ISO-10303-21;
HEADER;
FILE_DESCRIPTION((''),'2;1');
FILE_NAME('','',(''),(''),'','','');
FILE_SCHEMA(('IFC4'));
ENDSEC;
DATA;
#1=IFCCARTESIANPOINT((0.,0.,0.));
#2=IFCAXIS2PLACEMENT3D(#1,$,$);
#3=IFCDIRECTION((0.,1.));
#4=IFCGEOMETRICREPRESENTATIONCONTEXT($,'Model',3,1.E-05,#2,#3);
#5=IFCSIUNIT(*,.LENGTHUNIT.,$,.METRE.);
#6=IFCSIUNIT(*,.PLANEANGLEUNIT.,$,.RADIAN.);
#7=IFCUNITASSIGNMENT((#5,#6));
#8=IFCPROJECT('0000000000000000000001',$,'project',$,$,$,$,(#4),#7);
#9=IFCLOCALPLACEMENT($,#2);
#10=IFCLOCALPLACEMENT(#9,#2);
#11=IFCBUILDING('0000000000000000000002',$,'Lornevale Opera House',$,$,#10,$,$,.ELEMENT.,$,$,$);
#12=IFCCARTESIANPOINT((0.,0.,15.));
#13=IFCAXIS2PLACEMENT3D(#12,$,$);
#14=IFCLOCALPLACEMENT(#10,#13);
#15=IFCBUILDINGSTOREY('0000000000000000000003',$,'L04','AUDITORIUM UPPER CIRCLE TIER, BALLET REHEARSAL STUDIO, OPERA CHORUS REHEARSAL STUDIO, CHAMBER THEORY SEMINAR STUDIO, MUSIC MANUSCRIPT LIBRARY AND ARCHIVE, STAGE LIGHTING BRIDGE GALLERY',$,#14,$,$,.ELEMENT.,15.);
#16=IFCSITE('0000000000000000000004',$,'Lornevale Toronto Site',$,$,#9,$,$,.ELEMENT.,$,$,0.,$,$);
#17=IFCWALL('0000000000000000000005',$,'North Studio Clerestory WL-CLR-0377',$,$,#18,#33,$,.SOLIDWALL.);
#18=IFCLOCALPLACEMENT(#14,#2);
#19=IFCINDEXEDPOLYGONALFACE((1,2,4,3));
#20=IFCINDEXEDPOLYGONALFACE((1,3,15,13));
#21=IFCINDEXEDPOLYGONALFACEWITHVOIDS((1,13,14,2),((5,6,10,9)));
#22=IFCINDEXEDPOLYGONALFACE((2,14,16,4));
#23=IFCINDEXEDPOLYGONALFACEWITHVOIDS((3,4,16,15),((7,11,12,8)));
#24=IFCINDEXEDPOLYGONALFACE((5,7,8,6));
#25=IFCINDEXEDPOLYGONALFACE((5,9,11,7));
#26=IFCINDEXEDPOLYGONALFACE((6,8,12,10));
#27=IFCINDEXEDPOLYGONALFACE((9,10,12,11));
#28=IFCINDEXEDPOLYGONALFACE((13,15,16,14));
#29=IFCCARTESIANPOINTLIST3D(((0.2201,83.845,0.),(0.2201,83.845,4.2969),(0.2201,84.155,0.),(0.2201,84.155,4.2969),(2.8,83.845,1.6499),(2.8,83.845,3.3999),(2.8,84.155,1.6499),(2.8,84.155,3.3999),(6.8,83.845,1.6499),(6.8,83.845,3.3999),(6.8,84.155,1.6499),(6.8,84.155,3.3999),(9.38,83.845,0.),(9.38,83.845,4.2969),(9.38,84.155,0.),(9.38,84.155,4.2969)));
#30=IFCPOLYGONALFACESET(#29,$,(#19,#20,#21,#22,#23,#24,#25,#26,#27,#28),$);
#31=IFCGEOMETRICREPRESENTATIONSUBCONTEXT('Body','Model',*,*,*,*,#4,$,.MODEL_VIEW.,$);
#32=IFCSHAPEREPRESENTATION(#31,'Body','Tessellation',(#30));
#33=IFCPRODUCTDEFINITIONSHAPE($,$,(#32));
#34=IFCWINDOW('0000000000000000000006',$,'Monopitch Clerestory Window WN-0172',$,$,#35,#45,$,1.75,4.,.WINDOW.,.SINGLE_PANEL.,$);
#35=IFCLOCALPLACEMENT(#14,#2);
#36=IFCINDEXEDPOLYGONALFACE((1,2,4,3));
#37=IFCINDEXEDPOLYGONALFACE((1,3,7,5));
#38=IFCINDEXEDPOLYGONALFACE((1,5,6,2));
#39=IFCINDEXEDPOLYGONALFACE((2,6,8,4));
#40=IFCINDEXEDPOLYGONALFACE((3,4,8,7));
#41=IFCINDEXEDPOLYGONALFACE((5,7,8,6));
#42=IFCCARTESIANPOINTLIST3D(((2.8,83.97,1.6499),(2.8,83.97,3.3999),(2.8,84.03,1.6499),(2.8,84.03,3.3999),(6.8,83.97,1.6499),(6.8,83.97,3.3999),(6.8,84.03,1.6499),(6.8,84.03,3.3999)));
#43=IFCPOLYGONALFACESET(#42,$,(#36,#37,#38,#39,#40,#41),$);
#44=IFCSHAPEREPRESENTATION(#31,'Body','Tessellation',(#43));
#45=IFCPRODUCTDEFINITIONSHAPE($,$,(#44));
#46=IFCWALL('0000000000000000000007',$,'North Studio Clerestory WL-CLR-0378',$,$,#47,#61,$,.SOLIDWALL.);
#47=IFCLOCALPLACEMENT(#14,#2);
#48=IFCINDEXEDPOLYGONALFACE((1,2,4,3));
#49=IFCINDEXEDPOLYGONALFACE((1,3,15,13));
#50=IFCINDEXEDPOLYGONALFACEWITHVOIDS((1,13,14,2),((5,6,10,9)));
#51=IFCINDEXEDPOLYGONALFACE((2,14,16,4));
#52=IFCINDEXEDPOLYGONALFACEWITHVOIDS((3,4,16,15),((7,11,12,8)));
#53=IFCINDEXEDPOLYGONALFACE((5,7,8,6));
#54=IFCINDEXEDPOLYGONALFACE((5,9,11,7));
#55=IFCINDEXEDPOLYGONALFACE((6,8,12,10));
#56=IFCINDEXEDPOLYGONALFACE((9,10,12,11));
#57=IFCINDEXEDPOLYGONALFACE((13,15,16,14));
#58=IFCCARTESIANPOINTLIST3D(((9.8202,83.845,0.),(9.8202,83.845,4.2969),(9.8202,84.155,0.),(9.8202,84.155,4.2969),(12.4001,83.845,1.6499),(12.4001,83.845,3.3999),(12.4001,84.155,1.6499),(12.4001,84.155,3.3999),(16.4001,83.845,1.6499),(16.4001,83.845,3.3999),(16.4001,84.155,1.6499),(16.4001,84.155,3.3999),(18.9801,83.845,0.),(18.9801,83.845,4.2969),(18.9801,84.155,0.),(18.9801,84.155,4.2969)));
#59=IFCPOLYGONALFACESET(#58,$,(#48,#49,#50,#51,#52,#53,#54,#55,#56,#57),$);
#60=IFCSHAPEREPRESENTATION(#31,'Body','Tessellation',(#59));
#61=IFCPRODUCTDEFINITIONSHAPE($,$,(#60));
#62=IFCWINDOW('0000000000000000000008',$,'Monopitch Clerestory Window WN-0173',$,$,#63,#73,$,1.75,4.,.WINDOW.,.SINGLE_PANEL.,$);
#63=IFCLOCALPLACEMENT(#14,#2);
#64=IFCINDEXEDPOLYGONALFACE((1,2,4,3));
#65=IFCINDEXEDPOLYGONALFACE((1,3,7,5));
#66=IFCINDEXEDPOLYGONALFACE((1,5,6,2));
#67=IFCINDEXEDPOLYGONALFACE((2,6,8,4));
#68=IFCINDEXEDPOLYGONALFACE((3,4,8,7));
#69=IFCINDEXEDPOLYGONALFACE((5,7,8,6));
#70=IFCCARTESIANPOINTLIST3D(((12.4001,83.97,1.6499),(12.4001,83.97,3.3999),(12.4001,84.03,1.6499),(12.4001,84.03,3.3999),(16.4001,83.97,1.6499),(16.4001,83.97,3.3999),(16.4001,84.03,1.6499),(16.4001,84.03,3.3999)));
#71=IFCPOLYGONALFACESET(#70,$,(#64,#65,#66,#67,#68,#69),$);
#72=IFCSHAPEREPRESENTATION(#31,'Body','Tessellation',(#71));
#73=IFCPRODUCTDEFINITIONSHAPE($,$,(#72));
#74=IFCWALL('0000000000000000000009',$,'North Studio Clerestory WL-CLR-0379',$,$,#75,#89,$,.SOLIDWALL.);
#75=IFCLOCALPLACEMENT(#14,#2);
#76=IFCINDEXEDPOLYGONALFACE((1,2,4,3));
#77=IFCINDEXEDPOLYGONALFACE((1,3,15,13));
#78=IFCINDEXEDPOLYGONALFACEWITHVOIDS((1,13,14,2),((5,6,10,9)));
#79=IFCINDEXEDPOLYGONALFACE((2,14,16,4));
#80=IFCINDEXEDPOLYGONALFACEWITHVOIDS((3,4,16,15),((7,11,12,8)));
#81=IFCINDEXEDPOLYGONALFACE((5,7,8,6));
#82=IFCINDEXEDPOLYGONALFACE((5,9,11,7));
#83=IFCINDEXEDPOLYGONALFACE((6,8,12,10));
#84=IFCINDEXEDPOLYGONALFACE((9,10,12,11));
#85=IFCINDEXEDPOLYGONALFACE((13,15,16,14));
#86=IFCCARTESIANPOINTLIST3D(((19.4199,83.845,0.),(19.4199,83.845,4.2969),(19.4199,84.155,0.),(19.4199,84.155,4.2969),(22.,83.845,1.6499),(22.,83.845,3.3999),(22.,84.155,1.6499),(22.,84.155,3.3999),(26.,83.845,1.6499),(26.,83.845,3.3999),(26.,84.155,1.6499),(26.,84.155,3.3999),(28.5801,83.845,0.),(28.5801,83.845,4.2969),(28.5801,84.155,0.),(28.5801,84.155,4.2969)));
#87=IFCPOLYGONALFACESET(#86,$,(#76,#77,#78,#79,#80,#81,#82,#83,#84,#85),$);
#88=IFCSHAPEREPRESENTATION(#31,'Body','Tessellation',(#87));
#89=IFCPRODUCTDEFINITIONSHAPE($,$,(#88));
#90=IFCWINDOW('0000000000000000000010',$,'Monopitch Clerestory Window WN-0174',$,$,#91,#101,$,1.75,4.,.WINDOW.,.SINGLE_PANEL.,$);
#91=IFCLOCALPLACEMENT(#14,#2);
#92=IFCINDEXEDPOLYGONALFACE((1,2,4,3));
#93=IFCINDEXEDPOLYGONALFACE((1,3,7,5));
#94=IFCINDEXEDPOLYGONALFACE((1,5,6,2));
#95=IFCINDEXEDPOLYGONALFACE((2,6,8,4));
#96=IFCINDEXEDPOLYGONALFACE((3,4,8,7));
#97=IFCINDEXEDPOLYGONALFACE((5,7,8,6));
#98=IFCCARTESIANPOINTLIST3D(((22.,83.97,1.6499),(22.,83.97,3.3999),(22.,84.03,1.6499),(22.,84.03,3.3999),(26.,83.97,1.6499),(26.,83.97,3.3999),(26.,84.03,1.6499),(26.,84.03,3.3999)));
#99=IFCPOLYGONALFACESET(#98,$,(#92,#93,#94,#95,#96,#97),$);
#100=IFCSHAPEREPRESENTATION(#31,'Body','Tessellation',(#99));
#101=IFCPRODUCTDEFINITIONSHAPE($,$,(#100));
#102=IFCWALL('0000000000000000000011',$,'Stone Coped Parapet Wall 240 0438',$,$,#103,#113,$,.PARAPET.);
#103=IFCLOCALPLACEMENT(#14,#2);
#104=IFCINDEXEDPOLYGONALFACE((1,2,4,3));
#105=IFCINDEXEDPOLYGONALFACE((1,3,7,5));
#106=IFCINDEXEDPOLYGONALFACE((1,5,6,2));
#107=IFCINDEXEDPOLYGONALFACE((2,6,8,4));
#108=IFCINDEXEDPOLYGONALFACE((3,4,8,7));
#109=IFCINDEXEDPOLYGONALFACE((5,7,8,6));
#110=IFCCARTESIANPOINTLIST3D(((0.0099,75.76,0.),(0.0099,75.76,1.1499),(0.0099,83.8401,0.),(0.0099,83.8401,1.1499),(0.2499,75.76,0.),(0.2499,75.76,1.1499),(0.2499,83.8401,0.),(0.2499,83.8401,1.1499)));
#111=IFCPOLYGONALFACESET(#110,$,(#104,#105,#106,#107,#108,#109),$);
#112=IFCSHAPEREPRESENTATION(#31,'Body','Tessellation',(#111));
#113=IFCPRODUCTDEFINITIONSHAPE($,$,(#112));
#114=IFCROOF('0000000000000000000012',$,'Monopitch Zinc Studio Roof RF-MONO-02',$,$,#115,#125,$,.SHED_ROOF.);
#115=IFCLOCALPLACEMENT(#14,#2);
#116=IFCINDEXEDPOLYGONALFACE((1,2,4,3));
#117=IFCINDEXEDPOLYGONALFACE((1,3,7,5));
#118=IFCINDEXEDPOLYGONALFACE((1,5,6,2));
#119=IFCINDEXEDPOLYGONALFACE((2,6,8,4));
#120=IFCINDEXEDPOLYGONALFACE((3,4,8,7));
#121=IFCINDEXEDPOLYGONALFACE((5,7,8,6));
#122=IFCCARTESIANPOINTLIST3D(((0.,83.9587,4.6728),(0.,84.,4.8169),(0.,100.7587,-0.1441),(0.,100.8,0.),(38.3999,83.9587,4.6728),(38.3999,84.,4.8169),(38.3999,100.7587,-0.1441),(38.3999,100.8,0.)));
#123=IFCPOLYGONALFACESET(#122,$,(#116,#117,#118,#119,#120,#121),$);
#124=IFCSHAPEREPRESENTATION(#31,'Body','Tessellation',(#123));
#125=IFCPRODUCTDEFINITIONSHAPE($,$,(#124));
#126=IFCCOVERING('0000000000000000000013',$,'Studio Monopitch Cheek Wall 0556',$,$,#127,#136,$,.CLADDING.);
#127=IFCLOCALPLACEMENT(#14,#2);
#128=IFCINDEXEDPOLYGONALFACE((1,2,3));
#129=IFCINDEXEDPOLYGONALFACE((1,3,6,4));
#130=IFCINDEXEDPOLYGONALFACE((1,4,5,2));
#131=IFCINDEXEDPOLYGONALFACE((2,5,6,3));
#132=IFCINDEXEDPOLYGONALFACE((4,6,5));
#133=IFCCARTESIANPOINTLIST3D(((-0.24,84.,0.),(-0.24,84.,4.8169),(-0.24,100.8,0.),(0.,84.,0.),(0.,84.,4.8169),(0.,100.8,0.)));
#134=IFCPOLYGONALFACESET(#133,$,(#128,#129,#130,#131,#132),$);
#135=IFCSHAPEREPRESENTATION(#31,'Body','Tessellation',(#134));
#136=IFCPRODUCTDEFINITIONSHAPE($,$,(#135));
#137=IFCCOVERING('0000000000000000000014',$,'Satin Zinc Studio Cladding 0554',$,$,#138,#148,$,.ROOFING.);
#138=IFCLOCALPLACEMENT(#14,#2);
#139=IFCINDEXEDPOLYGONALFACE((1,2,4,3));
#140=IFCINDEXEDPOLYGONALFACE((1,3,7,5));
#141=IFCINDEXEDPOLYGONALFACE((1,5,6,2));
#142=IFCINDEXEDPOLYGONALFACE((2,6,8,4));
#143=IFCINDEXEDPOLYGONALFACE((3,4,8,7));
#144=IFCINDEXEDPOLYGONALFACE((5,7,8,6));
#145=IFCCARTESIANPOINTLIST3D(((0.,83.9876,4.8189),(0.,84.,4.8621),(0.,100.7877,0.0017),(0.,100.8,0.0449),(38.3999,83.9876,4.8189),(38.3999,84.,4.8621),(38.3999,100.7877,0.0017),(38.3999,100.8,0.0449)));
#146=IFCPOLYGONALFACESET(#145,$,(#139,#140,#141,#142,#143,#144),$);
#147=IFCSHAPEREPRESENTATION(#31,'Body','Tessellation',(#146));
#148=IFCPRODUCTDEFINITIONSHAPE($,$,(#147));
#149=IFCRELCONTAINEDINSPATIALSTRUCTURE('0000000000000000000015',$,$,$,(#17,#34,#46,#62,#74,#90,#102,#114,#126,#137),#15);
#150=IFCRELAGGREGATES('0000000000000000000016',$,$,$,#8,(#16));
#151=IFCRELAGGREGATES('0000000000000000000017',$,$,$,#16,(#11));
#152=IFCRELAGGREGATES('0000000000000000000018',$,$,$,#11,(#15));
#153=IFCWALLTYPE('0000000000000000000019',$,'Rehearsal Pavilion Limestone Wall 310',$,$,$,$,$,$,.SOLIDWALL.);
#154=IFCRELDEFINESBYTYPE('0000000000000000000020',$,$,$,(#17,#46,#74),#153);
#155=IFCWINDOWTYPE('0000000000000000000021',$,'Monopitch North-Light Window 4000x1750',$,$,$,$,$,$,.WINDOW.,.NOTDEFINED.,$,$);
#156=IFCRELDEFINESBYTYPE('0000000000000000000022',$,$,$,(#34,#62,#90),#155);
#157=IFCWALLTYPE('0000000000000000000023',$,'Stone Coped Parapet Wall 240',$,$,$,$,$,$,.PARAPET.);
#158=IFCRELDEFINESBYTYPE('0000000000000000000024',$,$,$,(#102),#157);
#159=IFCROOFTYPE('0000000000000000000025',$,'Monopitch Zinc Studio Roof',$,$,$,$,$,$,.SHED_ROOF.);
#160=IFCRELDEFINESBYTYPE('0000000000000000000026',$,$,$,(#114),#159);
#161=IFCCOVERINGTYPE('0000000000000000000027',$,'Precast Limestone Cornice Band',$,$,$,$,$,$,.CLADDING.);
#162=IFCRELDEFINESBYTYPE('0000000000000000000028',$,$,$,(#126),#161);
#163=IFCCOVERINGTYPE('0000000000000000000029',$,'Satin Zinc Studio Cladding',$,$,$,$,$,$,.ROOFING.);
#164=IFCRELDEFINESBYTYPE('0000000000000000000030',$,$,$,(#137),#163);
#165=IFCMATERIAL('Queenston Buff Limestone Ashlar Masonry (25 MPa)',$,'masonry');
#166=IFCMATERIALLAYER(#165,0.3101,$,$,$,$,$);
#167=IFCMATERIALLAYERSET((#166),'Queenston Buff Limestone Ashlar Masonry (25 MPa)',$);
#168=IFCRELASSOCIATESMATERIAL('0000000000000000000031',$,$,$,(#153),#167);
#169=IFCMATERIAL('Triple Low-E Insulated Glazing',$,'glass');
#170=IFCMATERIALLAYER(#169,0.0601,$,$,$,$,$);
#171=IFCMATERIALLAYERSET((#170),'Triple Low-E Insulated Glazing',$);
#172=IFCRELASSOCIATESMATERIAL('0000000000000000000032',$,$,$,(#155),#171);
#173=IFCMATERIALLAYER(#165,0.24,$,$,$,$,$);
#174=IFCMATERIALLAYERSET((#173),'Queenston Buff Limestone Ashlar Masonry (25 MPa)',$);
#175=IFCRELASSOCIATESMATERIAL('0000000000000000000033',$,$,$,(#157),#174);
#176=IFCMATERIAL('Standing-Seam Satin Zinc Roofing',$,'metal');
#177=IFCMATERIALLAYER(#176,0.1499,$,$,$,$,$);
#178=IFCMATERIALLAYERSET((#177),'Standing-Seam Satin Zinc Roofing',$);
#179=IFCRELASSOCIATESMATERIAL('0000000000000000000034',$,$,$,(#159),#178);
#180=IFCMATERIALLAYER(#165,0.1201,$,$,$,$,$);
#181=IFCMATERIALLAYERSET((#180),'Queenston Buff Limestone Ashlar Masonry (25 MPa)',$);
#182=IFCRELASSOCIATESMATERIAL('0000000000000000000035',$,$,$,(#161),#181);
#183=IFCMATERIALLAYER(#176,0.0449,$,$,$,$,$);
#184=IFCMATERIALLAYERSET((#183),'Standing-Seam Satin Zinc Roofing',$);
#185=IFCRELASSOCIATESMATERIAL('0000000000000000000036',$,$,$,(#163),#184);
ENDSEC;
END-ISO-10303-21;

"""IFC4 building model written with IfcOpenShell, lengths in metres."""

from ifc_helpers import new_model, si_unit, direction, frame, frame_2d, origin, place, context, subcontext, project, spatial, polyline, rectangle, outline, extrude, material, layer, layer_set, type_object, element, fill, save


model = new_model("IFC4")

# Units and contexts
model_context = context("Model", 3, precision=1e-05, world=origin(), true_north=direction((0.0, 1.0)))
body_context = subcontext(model_context, "Body", "Model", "MODEL_VIEW")
ifc_project = project(units=[si_unit("LENGTHUNIT", "METRE"), si_unit("PLANEANGLEUNIT", "RADIAN")], contexts=[model_context])

# Site, building, storey
site_placement = place(None, origin())
site = spatial("IfcSite", under=ifc_project, at=site_placement, Name="Lornevale Toronto Site", CompositionType="ELEMENT", RefElevation=0.0)
building_placement = place(site_placement, origin())
building = spatial("IfcBuilding", under=site, at=building_placement, Name="Lornevale Opera House", CompositionType="ELEMENT")
storey_placement = place(building_placement, frame((0.0, 0.0, 15.0)))
storey = spatial("IfcBuildingStorey", under=building, at=storey_placement, Name="L04", Description="AUDITORIUM UPPER CIRCLE TIER, BALLET REHEARSAL STUDIO, OPERA CHORUS REHEARSAL STUDIO, CHAMBER THEORY SEMINAR STUDIO, MUSIC MANUSCRIPT LIBRARY AND ARCHIVE, STAGE LIGHTING BRIDGE GALLERY", CompositionType="ELEMENT", Elevation=15.0)

# Walls, openings, windows
ifc_material_1 = material(Name="Queenston Buff Limestone Ashlar Masonry (25 MPa)", Category="masonry")
ifc_layer_1 = layer(ifc_material_1, 0.3101)
ifc_layer_set_1 = layer_set([ifc_layer_1], Name="Queenston Buff Limestone Ashlar Masonry (25 MPa)")
wall_type_1 = type_object("IfcWallType", Name="Rehearsal Pavilion Limestone Wall 310", PredefinedType="SOLIDWALL", material=ifc_layer_set_1)
wall_1_placement = place(storey_placement, frame((0.22, 84.0, 0.0), z_axis=(0.0, 0.0, 1.0), x_axis=(1.0, 0.0, 0.0)))
wall_1 = element("IfcWall", 1, at=wall_1_placement, inside=storey, type_object=wall_type_1, Name="North Studio Clerestory WL-CLR-0377", PredefinedType="SOLIDWALL", context=body_context, shape_type="SweptSolid", body=[
    extrude(rectangle(XDim=9.1599, YDim=0.3101, at=frame_2d((4.5801, 0.0))), origin(), (0.0, 0.0, 1.0), 4.2969),
])
opening_1_placement = place(wall_1_placement, frame((2.5801, 0.0, 1.6499)))
opening_1 = element("IfcOpeningElement", 2, at=opening_1_placement, cuts=wall_1, PredefinedType="OPENING", context=body_context, shape_type="SweptSolid", body=[
    extrude(rectangle(XDim=4.0, YDim=1.75, at=frame_2d((2.0, 0.875))), frame((0.0, 0.165, 0.0), z_axis=(0.0, -1.0, 0.0), x_axis=(1.0, 0.0, 0.0)), (0.0, 0.0, 1.0), 0.3301),
])
ifc_material_2 = material(Name="Triple Low-E Insulated Glazing", Category="glass")
ifc_layer_2 = layer(ifc_material_2, 0.0601)
ifc_layer_set_2 = layer_set([ifc_layer_2], Name="Triple Low-E Insulated Glazing")
window_type = type_object("IfcWindowType", Name="Monopitch North-Light Window 4000x1750", PartitioningType="NOTDEFINED", PredefinedType="WINDOW", material=ifc_layer_set_2)
window_1_placement = place(opening_1_placement, origin())
window_1 = element("IfcWindow", 3, at=window_1_placement, inside=storey, type_object=window_type, Name="Monopitch Clerestory Window WN-0172", OverallHeight=1.75, OverallWidth=4.0, PartitioningType="SINGLE_PANEL", PredefinedType="WINDOW", context=body_context, shape_type="SweptSolid", body=[
    extrude(rectangle(XDim=4.0, YDim=1.75, at=frame_2d((2.0, 0.875))), frame((0.0, 0.03, 0.0), z_axis=(0.0, -1.0, 0.0), x_axis=(1.0, 0.0, 0.0)), (0.0, 0.0, 1.0), 0.0601),
])
fill(opening_1, window_1)
wall_2_placement = place(storey_placement, frame((9.8201, 84.0, 0.0), z_axis=(0.0, 0.0, 1.0), x_axis=(1.0, 0.0, 0.0)))
wall_2 = element("IfcWall", 4, at=wall_2_placement, inside=storey, type_object=wall_type_1, Name="North Studio Clerestory WL-CLR-0378", PredefinedType="SOLIDWALL", context=body_context, shape_type="SweptSolid", body=[
    extrude(rectangle(XDim=9.1599, YDim=0.3101, at=frame_2d((4.5801, 0.0))), origin(), (0.0, 0.0, 1.0), 4.2969),
])
opening_2_placement = place(wall_2_placement, frame((2.5801, 0.0, 1.6499)))
opening_2 = element("IfcOpeningElement", 5, at=opening_2_placement, cuts=wall_2, PredefinedType="OPENING", context=body_context, shape_type="SweptSolid", body=[
    extrude(rectangle(XDim=4.0, YDim=1.75, at=frame_2d((2.0, 0.875))), frame((0.0, 0.165, 0.0), z_axis=(0.0, -1.0, 0.0), x_axis=(1.0, 0.0, 0.0)), (0.0, 0.0, 1.0), 0.3301),
])
window_2_placement = place(opening_2_placement, origin())
window_2 = element("IfcWindow", 6, at=window_2_placement, inside=storey, type_object=window_type, Name="Monopitch Clerestory Window WN-0173", OverallHeight=1.75, OverallWidth=4.0, PartitioningType="SINGLE_PANEL", PredefinedType="WINDOW", context=body_context, shape_type="SweptSolid", body=[
    extrude(rectangle(XDim=4.0, YDim=1.75, at=frame_2d((2.0, 0.875))), frame((0.0, 0.03, 0.0), z_axis=(0.0, -1.0, 0.0), x_axis=(1.0, 0.0, 0.0)), (0.0, 0.0, 1.0), 0.0601),
])
fill(opening_2, window_2)
wall_3_placement = place(storey_placement, frame((19.4199, 84.0, 0.0), z_axis=(0.0, 0.0, 1.0), x_axis=(1.0, 0.0, 0.0)))
wall_3 = element("IfcWall", 7, at=wall_3_placement, inside=storey, type_object=wall_type_1, Name="North Studio Clerestory WL-CLR-0379", PredefinedType="SOLIDWALL", context=body_context, shape_type="SweptSolid", body=[
    extrude(rectangle(XDim=9.1602, YDim=0.3101, at=frame_2d((4.5801, 0.0))), origin(), (0.0, 0.0, 1.0), 4.2969),
])
opening_3_placement = place(wall_3_placement, frame((2.5801, 0.0, 1.6499)))
opening_3 = element("IfcOpeningElement", 8, at=opening_3_placement, cuts=wall_3, PredefinedType="OPENING", context=body_context, shape_type="SweptSolid", body=[
    extrude(rectangle(XDim=4.0, YDim=1.75, at=frame_2d((2.0, 0.875))), frame((0.0, 0.165, 0.0), z_axis=(0.0, -1.0, 0.0), x_axis=(1.0, 0.0, 0.0)), (0.0, 0.0, 1.0), 0.3301),
])
window_3_placement = place(opening_3_placement, origin())
window_3 = element("IfcWindow", 9, at=window_3_placement, inside=storey, type_object=window_type, Name="Monopitch Clerestory Window WN-0174", OverallHeight=1.75, OverallWidth=4.0, PartitioningType="SINGLE_PANEL", PredefinedType="WINDOW", context=body_context, shape_type="SweptSolid", body=[
    extrude(rectangle(XDim=4.0, YDim=1.75, at=frame_2d((2.0, 0.875))), frame((0.0, 0.03, 0.0), z_axis=(0.0, -1.0, 0.0), x_axis=(1.0, 0.0, 0.0)), (0.0, 0.0, 1.0), 0.0601),
])
fill(opening_3, window_3)

# Wall
ifc_layer_3 = layer(ifc_material_1, 0.24)
ifc_layer_set_3 = layer_set([ifc_layer_3], Name="Queenston Buff Limestone Ashlar Masonry (25 MPa)")
wall_type_2 = type_object("IfcWallType", Name="Stone Coped Parapet Wall 240", PredefinedType="PARAPET", material=ifc_layer_set_3)
wall_4_placement = place(storey_placement, frame((0.1299, 75.76, 0.0), z_axis=(0.0, 0.0, 1.0), x_axis=(0.0, 1.0, 0.0)))
element("IfcWall", 10, at=wall_4_placement, inside=storey, type_object=wall_type_2, Name="Stone Coped Parapet Wall 240 0438", PredefinedType="PARAPET", context=body_context, shape_type="SweptSolid", body=[
    extrude(rectangle(XDim=8.0801, YDim=0.24, at=frame_2d((4.04, 0.0))), origin(), (0.0, 0.0, 1.0), 1.1499),
])

# Roof
ifc_material_3 = material(Name="Standing-Seam Satin Zinc Roofing", Category="metal")
ifc_layer_4 = layer(ifc_material_3, 0.1499)
ifc_layer_set_4 = layer_set([ifc_layer_4], Name="Standing-Seam Satin Zinc Roofing")
roof_type = type_object("IfcRoofType", Name="Monopitch Zinc Studio Roof", PredefinedType="SHED_ROOF", material=ifc_layer_set_4)
roof_placement = place(storey_placement, frame((0.0, 84.0, 4.8169), z_axis=(0.0, 0.275614, 0.961268), x_axis=(1.0, 0.0, 0.0)))
element("IfcRoof", 11, at=roof_placement, inside=storey, type_object=roof_type, Name="Monopitch Zinc Studio Roof RF-MONO-02", PredefinedType="SHED_ROOF", context=body_context, shape_type="SweptSolid", body=[
    extrude(outline(polyline([(0.0, 0.0), (38.3999, 0.0), (38.3999, 17.477), (0.0, 17.477), (0.0, 0.0)])), origin(), (0.0, 0.0, -1.0), 0.1499),
])

# Coverings
ifc_layer_5 = layer(ifc_material_1, 0.1201)
ifc_layer_set_5 = layer_set([ifc_layer_5], Name="Queenston Buff Limestone Ashlar Masonry (25 MPa)")
covering_type_1 = type_object("IfcCoveringType", Name="Precast Limestone Cornice Band", PredefinedType="CLADDING", material=ifc_layer_set_5)
covering_1_placement = place(storey_placement, frame((0.0, 84.0, 0.0), z_axis=(1.0, 0.0, 0.0), x_axis=(0.0, 1.0, 0.0)))
element("IfcCovering", 12, at=covering_1_placement, inside=storey, type_object=covering_type_1, Name="Studio Monopitch Cheek Wall 0556", PredefinedType="CLADDING", context=body_context, shape_type="SweptSolid", body=[
    extrude(outline(polyline([(0.0, 0.0), (16.8, 0.0), (0.0, 4.8169), (0.0, 0.0)])), origin(), (0.0, 0.0, -1.0), 0.24),
])
ifc_layer_6 = layer(ifc_material_3, 0.0449)
ifc_layer_set_6 = layer_set([ifc_layer_6], Name="Standing-Seam Satin Zinc Roofing")
covering_type_2 = type_object("IfcCoveringType", Name="Satin Zinc Studio Cladding", PredefinedType="ROOFING", material=ifc_layer_set_6)
covering_2_placement = place(storey_placement, frame((0.0, 84.0, 4.8621), z_axis=(0.0, 0.275627, 0.961265), x_axis=(1.0, 0.0, 0.0)))
element("IfcCovering", 13, at=covering_2_placement, inside=storey, type_object=covering_type_2, Name="Satin Zinc Studio Cladding 0554", PredefinedType="ROOFING", context=body_context, shape_type="SweptSolid", body=[
    extrude(outline(polyline([(0.0, 0.0), (38.3999, 0.0), (38.3999, 17.477), (0.0, 17.477), (0.0, 0.0)])), origin(), (0.0, 0.0, -1.0), 0.0449),
])

save(model, "model.ifc")
